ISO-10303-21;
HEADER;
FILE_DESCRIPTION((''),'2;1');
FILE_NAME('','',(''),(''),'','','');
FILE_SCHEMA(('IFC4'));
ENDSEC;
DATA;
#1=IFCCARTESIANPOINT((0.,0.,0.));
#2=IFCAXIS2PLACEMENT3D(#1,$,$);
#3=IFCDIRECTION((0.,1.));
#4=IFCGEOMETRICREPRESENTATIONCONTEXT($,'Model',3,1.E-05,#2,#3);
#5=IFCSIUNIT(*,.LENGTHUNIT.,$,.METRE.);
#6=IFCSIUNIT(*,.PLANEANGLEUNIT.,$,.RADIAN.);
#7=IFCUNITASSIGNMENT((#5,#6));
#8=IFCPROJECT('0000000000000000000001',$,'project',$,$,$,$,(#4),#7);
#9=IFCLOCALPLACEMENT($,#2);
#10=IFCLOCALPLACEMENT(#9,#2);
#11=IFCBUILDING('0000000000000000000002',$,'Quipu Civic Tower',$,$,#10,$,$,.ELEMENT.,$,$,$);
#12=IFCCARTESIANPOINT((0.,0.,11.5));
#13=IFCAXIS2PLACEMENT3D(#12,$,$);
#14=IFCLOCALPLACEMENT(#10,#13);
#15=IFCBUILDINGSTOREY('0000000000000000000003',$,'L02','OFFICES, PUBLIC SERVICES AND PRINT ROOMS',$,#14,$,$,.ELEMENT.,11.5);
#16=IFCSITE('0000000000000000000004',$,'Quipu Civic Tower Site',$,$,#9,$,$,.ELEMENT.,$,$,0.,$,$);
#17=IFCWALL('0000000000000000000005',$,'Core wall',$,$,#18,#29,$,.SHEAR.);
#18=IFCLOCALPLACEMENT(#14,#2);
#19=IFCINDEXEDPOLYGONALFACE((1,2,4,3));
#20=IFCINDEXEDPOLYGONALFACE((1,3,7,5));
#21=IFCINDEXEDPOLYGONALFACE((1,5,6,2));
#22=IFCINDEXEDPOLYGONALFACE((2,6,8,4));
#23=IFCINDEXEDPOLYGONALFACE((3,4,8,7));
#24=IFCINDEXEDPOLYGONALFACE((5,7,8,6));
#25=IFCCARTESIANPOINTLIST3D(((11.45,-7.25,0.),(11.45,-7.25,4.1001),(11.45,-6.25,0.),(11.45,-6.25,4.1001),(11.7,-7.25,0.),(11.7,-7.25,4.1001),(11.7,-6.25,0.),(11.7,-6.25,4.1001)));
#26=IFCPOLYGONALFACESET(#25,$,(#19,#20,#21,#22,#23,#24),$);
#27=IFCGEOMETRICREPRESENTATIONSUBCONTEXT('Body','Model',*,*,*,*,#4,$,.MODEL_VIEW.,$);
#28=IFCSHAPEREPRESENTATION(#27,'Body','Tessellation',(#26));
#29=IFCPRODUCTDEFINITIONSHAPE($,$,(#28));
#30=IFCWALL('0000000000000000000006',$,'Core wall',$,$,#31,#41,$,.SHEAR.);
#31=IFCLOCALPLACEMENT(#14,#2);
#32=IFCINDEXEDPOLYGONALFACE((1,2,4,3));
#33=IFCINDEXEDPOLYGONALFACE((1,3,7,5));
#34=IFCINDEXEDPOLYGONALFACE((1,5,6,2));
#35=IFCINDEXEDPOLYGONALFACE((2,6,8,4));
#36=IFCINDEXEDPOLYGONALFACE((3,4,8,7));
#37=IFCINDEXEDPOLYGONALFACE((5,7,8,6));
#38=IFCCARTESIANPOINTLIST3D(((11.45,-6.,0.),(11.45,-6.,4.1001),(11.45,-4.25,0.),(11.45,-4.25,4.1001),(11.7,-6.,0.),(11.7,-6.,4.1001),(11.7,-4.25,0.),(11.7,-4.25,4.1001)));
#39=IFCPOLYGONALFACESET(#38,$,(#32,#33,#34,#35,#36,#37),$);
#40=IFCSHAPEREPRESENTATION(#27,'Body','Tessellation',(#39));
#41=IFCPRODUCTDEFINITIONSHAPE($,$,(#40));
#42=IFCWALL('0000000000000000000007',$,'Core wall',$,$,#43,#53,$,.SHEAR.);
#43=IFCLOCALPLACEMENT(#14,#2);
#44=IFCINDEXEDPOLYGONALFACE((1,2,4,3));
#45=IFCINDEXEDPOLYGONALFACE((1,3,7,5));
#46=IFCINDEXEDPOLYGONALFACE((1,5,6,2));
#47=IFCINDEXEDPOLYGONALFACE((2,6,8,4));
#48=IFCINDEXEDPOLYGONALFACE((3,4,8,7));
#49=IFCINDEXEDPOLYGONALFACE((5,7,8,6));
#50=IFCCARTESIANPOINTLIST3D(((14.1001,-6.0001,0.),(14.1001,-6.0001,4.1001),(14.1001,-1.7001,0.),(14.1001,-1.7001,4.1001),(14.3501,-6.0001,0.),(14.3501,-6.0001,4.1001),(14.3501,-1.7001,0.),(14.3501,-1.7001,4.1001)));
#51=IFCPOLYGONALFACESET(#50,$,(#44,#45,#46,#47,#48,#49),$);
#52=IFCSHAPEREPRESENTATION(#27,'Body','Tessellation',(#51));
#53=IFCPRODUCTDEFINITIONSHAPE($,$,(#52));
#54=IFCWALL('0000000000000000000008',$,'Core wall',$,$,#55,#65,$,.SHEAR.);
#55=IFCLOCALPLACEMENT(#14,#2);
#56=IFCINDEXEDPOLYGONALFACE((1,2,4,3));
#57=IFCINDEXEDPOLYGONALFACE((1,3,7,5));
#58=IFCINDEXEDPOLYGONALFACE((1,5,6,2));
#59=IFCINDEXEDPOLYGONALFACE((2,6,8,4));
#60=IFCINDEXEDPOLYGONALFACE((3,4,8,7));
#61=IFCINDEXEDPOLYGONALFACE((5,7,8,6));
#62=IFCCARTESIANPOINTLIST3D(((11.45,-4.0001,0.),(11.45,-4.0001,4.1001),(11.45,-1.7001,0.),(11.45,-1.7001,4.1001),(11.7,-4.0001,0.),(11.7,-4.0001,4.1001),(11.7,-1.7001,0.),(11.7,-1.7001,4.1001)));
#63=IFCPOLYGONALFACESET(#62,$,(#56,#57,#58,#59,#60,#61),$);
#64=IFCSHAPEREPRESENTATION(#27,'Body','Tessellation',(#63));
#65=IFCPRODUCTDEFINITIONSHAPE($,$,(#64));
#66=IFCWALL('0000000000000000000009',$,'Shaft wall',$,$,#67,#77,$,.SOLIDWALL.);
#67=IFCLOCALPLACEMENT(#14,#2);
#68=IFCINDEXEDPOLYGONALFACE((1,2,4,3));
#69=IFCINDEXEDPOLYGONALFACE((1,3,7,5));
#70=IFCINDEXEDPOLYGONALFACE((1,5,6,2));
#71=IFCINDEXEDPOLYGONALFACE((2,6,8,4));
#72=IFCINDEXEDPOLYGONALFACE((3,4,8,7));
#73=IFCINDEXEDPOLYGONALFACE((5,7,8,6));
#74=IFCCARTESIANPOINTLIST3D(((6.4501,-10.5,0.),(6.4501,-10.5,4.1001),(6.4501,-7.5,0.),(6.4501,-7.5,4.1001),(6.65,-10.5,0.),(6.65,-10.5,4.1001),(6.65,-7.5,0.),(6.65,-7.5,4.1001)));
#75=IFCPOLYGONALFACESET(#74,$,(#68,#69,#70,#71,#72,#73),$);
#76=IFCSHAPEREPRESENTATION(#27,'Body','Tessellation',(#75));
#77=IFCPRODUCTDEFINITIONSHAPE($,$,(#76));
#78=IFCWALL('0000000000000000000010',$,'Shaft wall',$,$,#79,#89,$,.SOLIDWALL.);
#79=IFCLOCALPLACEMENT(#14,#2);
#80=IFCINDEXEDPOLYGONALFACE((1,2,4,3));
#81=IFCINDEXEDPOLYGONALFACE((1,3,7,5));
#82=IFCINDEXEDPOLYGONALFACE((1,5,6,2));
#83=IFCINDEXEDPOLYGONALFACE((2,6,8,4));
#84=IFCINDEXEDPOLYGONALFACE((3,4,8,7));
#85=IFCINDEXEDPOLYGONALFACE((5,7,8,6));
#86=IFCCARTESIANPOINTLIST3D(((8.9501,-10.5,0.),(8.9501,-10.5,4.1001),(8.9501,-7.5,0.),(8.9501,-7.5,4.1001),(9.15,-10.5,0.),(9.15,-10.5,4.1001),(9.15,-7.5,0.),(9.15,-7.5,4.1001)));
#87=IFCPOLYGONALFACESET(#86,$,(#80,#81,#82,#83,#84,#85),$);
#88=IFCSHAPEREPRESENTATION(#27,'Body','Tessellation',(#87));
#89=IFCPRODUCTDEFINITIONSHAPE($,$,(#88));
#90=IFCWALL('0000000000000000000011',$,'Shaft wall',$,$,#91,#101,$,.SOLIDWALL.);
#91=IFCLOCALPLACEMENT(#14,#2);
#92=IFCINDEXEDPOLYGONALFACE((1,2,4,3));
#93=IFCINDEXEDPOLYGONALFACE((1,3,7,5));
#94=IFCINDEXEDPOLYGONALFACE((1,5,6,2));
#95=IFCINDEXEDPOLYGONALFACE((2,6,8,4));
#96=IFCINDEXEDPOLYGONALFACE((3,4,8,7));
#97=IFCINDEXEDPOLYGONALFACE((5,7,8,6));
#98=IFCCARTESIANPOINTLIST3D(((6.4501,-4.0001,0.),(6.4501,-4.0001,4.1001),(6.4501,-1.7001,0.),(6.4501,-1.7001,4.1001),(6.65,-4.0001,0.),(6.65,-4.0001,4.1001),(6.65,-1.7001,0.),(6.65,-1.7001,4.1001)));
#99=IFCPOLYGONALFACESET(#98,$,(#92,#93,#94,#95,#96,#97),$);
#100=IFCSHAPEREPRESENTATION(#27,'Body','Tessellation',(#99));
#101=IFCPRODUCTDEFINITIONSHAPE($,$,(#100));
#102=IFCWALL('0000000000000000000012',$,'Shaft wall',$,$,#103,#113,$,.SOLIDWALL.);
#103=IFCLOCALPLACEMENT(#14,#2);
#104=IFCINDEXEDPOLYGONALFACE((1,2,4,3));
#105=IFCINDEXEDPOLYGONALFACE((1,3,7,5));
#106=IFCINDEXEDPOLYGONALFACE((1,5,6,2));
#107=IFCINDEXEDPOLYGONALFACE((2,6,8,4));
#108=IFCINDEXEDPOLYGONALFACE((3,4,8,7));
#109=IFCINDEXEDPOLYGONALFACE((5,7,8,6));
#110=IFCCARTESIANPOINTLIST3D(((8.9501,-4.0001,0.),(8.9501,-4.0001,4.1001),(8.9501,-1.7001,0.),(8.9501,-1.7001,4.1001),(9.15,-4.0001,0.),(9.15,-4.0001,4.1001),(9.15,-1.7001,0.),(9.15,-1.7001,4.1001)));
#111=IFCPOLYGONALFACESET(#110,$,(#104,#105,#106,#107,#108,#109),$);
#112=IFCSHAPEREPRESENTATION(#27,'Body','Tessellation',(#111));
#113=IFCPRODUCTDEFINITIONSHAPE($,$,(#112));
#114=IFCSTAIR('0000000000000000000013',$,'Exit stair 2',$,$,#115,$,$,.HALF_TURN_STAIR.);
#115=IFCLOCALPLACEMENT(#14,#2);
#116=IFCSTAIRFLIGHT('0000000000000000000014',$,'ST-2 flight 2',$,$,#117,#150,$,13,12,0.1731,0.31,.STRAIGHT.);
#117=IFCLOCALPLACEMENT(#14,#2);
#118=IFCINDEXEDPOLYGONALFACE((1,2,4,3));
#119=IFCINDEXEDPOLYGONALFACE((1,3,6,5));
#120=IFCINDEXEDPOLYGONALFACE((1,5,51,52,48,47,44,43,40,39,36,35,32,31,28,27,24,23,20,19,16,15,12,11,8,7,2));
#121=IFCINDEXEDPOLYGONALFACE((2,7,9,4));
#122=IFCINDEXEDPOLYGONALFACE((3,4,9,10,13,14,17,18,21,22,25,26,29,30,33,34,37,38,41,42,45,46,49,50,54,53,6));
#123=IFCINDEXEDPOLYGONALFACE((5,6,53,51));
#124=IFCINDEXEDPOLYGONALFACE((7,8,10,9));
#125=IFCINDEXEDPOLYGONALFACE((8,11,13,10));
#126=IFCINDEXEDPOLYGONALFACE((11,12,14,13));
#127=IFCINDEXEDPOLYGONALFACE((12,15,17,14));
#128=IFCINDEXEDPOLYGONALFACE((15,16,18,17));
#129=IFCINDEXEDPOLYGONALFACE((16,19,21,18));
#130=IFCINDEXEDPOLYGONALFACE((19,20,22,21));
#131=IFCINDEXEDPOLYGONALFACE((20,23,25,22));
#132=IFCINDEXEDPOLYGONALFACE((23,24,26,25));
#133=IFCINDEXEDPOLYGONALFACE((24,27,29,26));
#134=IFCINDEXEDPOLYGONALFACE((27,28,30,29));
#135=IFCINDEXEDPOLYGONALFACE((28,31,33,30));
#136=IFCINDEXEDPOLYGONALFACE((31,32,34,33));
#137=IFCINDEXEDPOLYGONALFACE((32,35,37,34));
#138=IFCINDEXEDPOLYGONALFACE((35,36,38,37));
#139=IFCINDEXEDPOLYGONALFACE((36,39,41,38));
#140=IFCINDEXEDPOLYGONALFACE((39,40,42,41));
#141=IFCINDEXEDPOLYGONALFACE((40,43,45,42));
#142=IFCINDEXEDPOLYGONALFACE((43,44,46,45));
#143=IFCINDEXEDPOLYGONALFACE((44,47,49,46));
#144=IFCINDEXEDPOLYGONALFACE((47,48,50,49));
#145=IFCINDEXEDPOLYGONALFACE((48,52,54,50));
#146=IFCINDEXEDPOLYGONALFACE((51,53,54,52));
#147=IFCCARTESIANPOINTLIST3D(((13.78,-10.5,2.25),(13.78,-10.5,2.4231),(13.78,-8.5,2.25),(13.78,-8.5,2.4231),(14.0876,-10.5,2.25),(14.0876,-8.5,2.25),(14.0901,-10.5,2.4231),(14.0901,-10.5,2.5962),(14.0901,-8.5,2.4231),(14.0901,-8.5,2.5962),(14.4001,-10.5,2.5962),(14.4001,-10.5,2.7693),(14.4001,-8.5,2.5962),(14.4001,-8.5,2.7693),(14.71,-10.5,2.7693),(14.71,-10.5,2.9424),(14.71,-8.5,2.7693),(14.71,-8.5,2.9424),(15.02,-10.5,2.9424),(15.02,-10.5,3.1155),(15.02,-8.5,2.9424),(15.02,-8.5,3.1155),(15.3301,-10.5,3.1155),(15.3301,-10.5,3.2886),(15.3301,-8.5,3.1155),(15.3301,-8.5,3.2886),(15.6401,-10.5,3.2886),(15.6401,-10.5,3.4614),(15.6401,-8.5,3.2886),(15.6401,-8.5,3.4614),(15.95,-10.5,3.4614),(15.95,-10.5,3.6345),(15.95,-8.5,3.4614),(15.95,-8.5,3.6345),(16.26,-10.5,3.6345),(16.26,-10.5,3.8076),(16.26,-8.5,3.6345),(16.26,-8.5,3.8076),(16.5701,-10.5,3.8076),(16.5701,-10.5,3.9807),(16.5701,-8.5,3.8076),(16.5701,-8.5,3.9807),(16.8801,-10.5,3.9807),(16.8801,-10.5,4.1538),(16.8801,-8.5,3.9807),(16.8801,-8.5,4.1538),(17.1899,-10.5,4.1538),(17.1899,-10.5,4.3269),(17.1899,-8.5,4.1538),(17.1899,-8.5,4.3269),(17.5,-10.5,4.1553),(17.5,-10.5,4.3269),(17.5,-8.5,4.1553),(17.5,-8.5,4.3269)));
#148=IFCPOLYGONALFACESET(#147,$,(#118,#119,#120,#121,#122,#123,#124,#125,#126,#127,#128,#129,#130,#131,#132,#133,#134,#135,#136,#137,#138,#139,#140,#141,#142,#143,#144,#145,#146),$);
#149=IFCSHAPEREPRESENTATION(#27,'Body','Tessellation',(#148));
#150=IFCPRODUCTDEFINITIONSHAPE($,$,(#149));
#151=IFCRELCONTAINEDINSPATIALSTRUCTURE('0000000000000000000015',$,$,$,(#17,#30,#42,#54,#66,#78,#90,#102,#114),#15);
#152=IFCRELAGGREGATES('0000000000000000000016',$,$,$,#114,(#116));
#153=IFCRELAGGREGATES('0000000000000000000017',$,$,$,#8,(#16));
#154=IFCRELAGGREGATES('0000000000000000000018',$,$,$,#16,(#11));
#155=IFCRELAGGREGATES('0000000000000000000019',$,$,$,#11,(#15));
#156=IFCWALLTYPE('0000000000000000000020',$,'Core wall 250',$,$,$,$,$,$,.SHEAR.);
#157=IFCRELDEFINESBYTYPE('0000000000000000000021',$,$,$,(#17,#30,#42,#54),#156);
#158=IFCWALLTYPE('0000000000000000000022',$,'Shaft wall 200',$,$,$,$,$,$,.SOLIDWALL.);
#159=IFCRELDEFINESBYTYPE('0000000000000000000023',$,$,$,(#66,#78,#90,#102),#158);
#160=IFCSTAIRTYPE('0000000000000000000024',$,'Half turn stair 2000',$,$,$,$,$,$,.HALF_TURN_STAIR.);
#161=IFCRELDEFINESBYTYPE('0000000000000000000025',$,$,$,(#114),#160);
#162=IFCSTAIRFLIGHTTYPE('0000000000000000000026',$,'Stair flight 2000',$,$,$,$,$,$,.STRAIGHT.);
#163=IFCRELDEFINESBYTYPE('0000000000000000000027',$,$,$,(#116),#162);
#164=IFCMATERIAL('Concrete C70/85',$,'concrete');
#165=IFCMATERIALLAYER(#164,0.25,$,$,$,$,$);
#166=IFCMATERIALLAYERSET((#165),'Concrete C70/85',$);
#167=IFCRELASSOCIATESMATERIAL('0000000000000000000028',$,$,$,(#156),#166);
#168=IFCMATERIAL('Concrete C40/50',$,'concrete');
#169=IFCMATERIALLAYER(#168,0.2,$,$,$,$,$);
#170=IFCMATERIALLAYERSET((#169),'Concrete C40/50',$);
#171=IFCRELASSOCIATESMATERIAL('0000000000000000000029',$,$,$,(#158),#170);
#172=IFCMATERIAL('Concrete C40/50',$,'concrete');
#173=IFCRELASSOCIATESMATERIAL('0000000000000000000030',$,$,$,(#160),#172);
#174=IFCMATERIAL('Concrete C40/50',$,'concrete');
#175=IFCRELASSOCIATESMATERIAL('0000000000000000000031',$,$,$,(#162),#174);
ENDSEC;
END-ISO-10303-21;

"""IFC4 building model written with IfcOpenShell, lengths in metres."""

from ifc_helpers import new_model, si_unit, direction, frame, frame_2d, origin, place, context, subcontext, project, spatial, polyline, rectangle, outline, extrude, material, layer, layer_set, type_object, element, aggregate, save


model = new_model("IFC4")

# Units and contexts
model_context = context("Model", 3, precision=1e-05, world=origin(), true_north=direction((0.0, 1.0)))
body_context = subcontext(model_context, "Body", "Model", "MODEL_VIEW")
ifc_project = project(units=[si_unit("LENGTHUNIT", "METRE"), si_unit("PLANEANGLEUNIT", "RADIAN")], contexts=[model_context])

# Site, building, storey
site_placement = place(None, origin())
site = spatial("IfcSite", under=ifc_project, at=site_placement, Name="Quipu Civic Tower Site", CompositionType="ELEMENT", RefElevation=0.0)
building_placement = place(site_placement, origin())
building = spatial("IfcBuilding", under=site, at=building_placement, Name="Quipu Civic Tower", CompositionType="ELEMENT")
storey_placement = place(building_placement, frame((0.0, 0.0, 11.5)))
storey = spatial("IfcBuildingStorey", under=building, at=storey_placement, Name="L02", Description="OFFICES, PUBLIC SERVICES AND PRINT ROOMS", CompositionType="ELEMENT", Elevation=11.5)

# Shared definitions
ifc_material_1 = material(Name="Concrete C70/85", Category="concrete")
ifc_layer_1 = layer(ifc_material_1, 0.25)
ifc_layer_set_1 = layer_set([ifc_layer_1], Name="Concrete C70/85")
wall_type_1 = type_object("IfcWallType", Name="Core wall 250", PredefinedType="SHEAR", material=ifc_layer_set_1)

# Walls
wall_1_placement = place(storey_placement, frame((11.575, -7.25, 0.0), z_axis=(0.0, 0.0, 1.0), x_axis=(0.0, 1.0, 0.0)))
element("IfcWall", 1, at=wall_1_placement, inside=storey, type_object=wall_type_1, Name="Core wall", PredefinedType="SHEAR", context=body_context, shape_type="SweptSolid", body=[
    extrude(rectangle(XDim=1.0, YDim=0.25, at=frame_2d((0.5, 0.0))), origin(), (0.0, 0.0, 1.0), 4.1001),
])
wall_2_placement = place(storey_placement, frame((11.575, -6.0, 0.0), z_axis=(0.0, 0.0, 1.0), x_axis=(0.0, 1.0, 0.0)))
element("IfcWall", 2, at=wall_2_placement, inside=storey, type_object=wall_type_1, Name="Core wall", PredefinedType="SHEAR", context=body_context, shape_type="SweptSolid", body=[
    extrude(rectangle(XDim=1.75, YDim=0.25, at=frame_2d((0.875, 0.0))), origin(), (0.0, 0.0, 1.0), 4.1001),
])
wall_3_placement = place(storey_placement, frame((14.2251, -6.0, 0.0), z_axis=(0.0, 0.0, 1.0), x_axis=(0.0, 1.0, 0.0)))
element("IfcWall", 3, at=wall_3_placement, inside=storey, type_object=wall_type_1, Name="Core wall", PredefinedType="SHEAR", context=body_context, shape_type="SweptSolid", body=[
    extrude(rectangle(XDim=4.3, YDim=0.25, at=frame_2d((2.1499, 0.0))), origin(), (0.0, 0.0, 1.0), 4.1001),
])
wall_4_placement = place(storey_placement, frame((11.575, -4.0, 0.0), z_axis=(0.0, 0.0, 1.0), x_axis=(0.0, 1.0, 0.0)))
element("IfcWall", 4, at=wall_4_placement, inside=storey, type_object=wall_type_1, Name="Core wall", PredefinedType="SHEAR", context=body_context, shape_type="SweptSolid", body=[
    extrude(rectangle(XDim=2.3, YDim=0.25, at=frame_2d((1.1499, 0.0))), origin(), (0.0, 0.0, 1.0), 4.1001),
])
ifc_material_2 = material(Name="Concrete C40/50", Category="concrete")
ifc_layer_2 = layer(ifc_material_2, 0.2)
ifc_layer_set_2 = layer_set([ifc_layer_2], Name="Concrete C40/50")
wall_type_2 = type_object("IfcWallType", Name="Shaft wall 200", PredefinedType="SOLIDWALL", material=ifc_layer_set_2)
for number, where, z_axis, x_axis, name in (
    (5, (6.55, -10.5, 0.0), (0.0, 0.0, 1.0), (0.0, 1.0, 0.0), "Shaft wall"),
    (6, (9.05, -10.5, 0.0), (0.0, 0.0, 1.0), (0.0, 1.0, 0.0), "Shaft wall"),
):
    element("IfcWall", number, at=place(storey_placement, frame(where, z_axis=z_axis, x_axis=x_axis)), inside=storey, type_object=wall_type_2, Name=name, PredefinedType="SOLIDWALL", context=body_context, shape_type="SweptSolid", body=[
        extrude(rectangle(XDim=3.0, YDim=0.2, at=frame_2d((1.5, 0.0))), origin(), (0.0, 0.0, 1.0), 4.1001),
    ])
for number, where, z_axis, x_axis, name in (
    (7, (6.55, -4.0, 0.0), (0.0, 0.0, 1.0), (0.0, 1.0, 0.0), "Shaft wall"),
    (8, (9.05, -4.0, 0.0), (0.0, 0.0, 1.0), (0.0, 1.0, 0.0), "Shaft wall"),
):
    element("IfcWall", number, at=place(storey_placement, frame(where, z_axis=z_axis, x_axis=x_axis)), inside=storey, type_object=wall_type_2, Name=name, PredefinedType="SOLIDWALL", context=body_context, shape_type="SweptSolid", body=[
        extrude(rectangle(XDim=2.3, YDim=0.2, at=frame_2d((1.1499, 0.0))), origin(), (0.0, 0.0, 1.0), 4.1001),
    ])

# Stair, stair flight
ifc_material_3 = material(Name="Concrete C40/50", Category="concrete")
stair_type = type_object("IfcStairType", Name="Half turn stair 2000", PredefinedType="HALF_TURN_STAIR", material=ifc_material_3)
stair_placement = place(storey_placement, origin())
stair = element("IfcStair", 9, at=stair_placement, inside=storey, type_object=stair_type, Name="Exit stair 2", PredefinedType="HALF_TURN_STAIR")
ifc_material_4 = material(Name="Concrete C40/50", Category="concrete")
stair_flight_type = type_object("IfcStairFlightType", Name="Stair flight 2000", PredefinedType="STRAIGHT", material=ifc_material_4)
stair_flight_placement = place(storey_placement, frame((13.78, -9.5, 2.25), z_axis=(0.0, 0.0, 1.0), x_axis=(1.0, 0.0, 0.0)))
stair_flight = element("IfcStairFlight", 10, at=stair_flight_placement, type_object=stair_flight_type, Name="ST-2 flight 2", NumberOfRisers=13, NumberOfTreads=12, PredefinedType="STRAIGHT", RiserHeight=0.1731, TreadLength=0.31, context=body_context, shape_type="SweptSolid", body=[
    extrude(outline(polyline([(0.0, 0.0), (0.0, 0.1731), (0.3101, 0.1731), (0.3101, 0.3462), (0.6201, 0.3462), (0.6201, 0.5193), (0.9299, 0.5193), (0.9299, 0.6924), (1.24, 0.6924), (1.24, 0.8655), (1.55, 0.8655), (1.55, 1.0386), (1.8601, 1.0386), (1.8601, 1.2114), (2.1699, 1.2114), (2.1699, 1.3845), (2.48, 1.3845), (2.48, 1.5576), (2.79, 1.5576), (2.79, 1.7307), (3.1001, 1.7307), (3.1001, 1.9038), (3.4099, 1.9038), (3.4099, 2.0769), (3.72, 2.0769), (3.72, 2.25), (3.72, 1.9053), (0.3076, 0.0), (0.0, 0.0)])), frame((0.0, 1.0, 0.0), z_axis=(0.0, -1.0, 0.0), x_axis=(1.0, 0.0, 0.0)), (0.0, 0.0, 1.0), 2.0),
])
aggregate(stair, [stair_flight])

save(model, "model.ifc")
